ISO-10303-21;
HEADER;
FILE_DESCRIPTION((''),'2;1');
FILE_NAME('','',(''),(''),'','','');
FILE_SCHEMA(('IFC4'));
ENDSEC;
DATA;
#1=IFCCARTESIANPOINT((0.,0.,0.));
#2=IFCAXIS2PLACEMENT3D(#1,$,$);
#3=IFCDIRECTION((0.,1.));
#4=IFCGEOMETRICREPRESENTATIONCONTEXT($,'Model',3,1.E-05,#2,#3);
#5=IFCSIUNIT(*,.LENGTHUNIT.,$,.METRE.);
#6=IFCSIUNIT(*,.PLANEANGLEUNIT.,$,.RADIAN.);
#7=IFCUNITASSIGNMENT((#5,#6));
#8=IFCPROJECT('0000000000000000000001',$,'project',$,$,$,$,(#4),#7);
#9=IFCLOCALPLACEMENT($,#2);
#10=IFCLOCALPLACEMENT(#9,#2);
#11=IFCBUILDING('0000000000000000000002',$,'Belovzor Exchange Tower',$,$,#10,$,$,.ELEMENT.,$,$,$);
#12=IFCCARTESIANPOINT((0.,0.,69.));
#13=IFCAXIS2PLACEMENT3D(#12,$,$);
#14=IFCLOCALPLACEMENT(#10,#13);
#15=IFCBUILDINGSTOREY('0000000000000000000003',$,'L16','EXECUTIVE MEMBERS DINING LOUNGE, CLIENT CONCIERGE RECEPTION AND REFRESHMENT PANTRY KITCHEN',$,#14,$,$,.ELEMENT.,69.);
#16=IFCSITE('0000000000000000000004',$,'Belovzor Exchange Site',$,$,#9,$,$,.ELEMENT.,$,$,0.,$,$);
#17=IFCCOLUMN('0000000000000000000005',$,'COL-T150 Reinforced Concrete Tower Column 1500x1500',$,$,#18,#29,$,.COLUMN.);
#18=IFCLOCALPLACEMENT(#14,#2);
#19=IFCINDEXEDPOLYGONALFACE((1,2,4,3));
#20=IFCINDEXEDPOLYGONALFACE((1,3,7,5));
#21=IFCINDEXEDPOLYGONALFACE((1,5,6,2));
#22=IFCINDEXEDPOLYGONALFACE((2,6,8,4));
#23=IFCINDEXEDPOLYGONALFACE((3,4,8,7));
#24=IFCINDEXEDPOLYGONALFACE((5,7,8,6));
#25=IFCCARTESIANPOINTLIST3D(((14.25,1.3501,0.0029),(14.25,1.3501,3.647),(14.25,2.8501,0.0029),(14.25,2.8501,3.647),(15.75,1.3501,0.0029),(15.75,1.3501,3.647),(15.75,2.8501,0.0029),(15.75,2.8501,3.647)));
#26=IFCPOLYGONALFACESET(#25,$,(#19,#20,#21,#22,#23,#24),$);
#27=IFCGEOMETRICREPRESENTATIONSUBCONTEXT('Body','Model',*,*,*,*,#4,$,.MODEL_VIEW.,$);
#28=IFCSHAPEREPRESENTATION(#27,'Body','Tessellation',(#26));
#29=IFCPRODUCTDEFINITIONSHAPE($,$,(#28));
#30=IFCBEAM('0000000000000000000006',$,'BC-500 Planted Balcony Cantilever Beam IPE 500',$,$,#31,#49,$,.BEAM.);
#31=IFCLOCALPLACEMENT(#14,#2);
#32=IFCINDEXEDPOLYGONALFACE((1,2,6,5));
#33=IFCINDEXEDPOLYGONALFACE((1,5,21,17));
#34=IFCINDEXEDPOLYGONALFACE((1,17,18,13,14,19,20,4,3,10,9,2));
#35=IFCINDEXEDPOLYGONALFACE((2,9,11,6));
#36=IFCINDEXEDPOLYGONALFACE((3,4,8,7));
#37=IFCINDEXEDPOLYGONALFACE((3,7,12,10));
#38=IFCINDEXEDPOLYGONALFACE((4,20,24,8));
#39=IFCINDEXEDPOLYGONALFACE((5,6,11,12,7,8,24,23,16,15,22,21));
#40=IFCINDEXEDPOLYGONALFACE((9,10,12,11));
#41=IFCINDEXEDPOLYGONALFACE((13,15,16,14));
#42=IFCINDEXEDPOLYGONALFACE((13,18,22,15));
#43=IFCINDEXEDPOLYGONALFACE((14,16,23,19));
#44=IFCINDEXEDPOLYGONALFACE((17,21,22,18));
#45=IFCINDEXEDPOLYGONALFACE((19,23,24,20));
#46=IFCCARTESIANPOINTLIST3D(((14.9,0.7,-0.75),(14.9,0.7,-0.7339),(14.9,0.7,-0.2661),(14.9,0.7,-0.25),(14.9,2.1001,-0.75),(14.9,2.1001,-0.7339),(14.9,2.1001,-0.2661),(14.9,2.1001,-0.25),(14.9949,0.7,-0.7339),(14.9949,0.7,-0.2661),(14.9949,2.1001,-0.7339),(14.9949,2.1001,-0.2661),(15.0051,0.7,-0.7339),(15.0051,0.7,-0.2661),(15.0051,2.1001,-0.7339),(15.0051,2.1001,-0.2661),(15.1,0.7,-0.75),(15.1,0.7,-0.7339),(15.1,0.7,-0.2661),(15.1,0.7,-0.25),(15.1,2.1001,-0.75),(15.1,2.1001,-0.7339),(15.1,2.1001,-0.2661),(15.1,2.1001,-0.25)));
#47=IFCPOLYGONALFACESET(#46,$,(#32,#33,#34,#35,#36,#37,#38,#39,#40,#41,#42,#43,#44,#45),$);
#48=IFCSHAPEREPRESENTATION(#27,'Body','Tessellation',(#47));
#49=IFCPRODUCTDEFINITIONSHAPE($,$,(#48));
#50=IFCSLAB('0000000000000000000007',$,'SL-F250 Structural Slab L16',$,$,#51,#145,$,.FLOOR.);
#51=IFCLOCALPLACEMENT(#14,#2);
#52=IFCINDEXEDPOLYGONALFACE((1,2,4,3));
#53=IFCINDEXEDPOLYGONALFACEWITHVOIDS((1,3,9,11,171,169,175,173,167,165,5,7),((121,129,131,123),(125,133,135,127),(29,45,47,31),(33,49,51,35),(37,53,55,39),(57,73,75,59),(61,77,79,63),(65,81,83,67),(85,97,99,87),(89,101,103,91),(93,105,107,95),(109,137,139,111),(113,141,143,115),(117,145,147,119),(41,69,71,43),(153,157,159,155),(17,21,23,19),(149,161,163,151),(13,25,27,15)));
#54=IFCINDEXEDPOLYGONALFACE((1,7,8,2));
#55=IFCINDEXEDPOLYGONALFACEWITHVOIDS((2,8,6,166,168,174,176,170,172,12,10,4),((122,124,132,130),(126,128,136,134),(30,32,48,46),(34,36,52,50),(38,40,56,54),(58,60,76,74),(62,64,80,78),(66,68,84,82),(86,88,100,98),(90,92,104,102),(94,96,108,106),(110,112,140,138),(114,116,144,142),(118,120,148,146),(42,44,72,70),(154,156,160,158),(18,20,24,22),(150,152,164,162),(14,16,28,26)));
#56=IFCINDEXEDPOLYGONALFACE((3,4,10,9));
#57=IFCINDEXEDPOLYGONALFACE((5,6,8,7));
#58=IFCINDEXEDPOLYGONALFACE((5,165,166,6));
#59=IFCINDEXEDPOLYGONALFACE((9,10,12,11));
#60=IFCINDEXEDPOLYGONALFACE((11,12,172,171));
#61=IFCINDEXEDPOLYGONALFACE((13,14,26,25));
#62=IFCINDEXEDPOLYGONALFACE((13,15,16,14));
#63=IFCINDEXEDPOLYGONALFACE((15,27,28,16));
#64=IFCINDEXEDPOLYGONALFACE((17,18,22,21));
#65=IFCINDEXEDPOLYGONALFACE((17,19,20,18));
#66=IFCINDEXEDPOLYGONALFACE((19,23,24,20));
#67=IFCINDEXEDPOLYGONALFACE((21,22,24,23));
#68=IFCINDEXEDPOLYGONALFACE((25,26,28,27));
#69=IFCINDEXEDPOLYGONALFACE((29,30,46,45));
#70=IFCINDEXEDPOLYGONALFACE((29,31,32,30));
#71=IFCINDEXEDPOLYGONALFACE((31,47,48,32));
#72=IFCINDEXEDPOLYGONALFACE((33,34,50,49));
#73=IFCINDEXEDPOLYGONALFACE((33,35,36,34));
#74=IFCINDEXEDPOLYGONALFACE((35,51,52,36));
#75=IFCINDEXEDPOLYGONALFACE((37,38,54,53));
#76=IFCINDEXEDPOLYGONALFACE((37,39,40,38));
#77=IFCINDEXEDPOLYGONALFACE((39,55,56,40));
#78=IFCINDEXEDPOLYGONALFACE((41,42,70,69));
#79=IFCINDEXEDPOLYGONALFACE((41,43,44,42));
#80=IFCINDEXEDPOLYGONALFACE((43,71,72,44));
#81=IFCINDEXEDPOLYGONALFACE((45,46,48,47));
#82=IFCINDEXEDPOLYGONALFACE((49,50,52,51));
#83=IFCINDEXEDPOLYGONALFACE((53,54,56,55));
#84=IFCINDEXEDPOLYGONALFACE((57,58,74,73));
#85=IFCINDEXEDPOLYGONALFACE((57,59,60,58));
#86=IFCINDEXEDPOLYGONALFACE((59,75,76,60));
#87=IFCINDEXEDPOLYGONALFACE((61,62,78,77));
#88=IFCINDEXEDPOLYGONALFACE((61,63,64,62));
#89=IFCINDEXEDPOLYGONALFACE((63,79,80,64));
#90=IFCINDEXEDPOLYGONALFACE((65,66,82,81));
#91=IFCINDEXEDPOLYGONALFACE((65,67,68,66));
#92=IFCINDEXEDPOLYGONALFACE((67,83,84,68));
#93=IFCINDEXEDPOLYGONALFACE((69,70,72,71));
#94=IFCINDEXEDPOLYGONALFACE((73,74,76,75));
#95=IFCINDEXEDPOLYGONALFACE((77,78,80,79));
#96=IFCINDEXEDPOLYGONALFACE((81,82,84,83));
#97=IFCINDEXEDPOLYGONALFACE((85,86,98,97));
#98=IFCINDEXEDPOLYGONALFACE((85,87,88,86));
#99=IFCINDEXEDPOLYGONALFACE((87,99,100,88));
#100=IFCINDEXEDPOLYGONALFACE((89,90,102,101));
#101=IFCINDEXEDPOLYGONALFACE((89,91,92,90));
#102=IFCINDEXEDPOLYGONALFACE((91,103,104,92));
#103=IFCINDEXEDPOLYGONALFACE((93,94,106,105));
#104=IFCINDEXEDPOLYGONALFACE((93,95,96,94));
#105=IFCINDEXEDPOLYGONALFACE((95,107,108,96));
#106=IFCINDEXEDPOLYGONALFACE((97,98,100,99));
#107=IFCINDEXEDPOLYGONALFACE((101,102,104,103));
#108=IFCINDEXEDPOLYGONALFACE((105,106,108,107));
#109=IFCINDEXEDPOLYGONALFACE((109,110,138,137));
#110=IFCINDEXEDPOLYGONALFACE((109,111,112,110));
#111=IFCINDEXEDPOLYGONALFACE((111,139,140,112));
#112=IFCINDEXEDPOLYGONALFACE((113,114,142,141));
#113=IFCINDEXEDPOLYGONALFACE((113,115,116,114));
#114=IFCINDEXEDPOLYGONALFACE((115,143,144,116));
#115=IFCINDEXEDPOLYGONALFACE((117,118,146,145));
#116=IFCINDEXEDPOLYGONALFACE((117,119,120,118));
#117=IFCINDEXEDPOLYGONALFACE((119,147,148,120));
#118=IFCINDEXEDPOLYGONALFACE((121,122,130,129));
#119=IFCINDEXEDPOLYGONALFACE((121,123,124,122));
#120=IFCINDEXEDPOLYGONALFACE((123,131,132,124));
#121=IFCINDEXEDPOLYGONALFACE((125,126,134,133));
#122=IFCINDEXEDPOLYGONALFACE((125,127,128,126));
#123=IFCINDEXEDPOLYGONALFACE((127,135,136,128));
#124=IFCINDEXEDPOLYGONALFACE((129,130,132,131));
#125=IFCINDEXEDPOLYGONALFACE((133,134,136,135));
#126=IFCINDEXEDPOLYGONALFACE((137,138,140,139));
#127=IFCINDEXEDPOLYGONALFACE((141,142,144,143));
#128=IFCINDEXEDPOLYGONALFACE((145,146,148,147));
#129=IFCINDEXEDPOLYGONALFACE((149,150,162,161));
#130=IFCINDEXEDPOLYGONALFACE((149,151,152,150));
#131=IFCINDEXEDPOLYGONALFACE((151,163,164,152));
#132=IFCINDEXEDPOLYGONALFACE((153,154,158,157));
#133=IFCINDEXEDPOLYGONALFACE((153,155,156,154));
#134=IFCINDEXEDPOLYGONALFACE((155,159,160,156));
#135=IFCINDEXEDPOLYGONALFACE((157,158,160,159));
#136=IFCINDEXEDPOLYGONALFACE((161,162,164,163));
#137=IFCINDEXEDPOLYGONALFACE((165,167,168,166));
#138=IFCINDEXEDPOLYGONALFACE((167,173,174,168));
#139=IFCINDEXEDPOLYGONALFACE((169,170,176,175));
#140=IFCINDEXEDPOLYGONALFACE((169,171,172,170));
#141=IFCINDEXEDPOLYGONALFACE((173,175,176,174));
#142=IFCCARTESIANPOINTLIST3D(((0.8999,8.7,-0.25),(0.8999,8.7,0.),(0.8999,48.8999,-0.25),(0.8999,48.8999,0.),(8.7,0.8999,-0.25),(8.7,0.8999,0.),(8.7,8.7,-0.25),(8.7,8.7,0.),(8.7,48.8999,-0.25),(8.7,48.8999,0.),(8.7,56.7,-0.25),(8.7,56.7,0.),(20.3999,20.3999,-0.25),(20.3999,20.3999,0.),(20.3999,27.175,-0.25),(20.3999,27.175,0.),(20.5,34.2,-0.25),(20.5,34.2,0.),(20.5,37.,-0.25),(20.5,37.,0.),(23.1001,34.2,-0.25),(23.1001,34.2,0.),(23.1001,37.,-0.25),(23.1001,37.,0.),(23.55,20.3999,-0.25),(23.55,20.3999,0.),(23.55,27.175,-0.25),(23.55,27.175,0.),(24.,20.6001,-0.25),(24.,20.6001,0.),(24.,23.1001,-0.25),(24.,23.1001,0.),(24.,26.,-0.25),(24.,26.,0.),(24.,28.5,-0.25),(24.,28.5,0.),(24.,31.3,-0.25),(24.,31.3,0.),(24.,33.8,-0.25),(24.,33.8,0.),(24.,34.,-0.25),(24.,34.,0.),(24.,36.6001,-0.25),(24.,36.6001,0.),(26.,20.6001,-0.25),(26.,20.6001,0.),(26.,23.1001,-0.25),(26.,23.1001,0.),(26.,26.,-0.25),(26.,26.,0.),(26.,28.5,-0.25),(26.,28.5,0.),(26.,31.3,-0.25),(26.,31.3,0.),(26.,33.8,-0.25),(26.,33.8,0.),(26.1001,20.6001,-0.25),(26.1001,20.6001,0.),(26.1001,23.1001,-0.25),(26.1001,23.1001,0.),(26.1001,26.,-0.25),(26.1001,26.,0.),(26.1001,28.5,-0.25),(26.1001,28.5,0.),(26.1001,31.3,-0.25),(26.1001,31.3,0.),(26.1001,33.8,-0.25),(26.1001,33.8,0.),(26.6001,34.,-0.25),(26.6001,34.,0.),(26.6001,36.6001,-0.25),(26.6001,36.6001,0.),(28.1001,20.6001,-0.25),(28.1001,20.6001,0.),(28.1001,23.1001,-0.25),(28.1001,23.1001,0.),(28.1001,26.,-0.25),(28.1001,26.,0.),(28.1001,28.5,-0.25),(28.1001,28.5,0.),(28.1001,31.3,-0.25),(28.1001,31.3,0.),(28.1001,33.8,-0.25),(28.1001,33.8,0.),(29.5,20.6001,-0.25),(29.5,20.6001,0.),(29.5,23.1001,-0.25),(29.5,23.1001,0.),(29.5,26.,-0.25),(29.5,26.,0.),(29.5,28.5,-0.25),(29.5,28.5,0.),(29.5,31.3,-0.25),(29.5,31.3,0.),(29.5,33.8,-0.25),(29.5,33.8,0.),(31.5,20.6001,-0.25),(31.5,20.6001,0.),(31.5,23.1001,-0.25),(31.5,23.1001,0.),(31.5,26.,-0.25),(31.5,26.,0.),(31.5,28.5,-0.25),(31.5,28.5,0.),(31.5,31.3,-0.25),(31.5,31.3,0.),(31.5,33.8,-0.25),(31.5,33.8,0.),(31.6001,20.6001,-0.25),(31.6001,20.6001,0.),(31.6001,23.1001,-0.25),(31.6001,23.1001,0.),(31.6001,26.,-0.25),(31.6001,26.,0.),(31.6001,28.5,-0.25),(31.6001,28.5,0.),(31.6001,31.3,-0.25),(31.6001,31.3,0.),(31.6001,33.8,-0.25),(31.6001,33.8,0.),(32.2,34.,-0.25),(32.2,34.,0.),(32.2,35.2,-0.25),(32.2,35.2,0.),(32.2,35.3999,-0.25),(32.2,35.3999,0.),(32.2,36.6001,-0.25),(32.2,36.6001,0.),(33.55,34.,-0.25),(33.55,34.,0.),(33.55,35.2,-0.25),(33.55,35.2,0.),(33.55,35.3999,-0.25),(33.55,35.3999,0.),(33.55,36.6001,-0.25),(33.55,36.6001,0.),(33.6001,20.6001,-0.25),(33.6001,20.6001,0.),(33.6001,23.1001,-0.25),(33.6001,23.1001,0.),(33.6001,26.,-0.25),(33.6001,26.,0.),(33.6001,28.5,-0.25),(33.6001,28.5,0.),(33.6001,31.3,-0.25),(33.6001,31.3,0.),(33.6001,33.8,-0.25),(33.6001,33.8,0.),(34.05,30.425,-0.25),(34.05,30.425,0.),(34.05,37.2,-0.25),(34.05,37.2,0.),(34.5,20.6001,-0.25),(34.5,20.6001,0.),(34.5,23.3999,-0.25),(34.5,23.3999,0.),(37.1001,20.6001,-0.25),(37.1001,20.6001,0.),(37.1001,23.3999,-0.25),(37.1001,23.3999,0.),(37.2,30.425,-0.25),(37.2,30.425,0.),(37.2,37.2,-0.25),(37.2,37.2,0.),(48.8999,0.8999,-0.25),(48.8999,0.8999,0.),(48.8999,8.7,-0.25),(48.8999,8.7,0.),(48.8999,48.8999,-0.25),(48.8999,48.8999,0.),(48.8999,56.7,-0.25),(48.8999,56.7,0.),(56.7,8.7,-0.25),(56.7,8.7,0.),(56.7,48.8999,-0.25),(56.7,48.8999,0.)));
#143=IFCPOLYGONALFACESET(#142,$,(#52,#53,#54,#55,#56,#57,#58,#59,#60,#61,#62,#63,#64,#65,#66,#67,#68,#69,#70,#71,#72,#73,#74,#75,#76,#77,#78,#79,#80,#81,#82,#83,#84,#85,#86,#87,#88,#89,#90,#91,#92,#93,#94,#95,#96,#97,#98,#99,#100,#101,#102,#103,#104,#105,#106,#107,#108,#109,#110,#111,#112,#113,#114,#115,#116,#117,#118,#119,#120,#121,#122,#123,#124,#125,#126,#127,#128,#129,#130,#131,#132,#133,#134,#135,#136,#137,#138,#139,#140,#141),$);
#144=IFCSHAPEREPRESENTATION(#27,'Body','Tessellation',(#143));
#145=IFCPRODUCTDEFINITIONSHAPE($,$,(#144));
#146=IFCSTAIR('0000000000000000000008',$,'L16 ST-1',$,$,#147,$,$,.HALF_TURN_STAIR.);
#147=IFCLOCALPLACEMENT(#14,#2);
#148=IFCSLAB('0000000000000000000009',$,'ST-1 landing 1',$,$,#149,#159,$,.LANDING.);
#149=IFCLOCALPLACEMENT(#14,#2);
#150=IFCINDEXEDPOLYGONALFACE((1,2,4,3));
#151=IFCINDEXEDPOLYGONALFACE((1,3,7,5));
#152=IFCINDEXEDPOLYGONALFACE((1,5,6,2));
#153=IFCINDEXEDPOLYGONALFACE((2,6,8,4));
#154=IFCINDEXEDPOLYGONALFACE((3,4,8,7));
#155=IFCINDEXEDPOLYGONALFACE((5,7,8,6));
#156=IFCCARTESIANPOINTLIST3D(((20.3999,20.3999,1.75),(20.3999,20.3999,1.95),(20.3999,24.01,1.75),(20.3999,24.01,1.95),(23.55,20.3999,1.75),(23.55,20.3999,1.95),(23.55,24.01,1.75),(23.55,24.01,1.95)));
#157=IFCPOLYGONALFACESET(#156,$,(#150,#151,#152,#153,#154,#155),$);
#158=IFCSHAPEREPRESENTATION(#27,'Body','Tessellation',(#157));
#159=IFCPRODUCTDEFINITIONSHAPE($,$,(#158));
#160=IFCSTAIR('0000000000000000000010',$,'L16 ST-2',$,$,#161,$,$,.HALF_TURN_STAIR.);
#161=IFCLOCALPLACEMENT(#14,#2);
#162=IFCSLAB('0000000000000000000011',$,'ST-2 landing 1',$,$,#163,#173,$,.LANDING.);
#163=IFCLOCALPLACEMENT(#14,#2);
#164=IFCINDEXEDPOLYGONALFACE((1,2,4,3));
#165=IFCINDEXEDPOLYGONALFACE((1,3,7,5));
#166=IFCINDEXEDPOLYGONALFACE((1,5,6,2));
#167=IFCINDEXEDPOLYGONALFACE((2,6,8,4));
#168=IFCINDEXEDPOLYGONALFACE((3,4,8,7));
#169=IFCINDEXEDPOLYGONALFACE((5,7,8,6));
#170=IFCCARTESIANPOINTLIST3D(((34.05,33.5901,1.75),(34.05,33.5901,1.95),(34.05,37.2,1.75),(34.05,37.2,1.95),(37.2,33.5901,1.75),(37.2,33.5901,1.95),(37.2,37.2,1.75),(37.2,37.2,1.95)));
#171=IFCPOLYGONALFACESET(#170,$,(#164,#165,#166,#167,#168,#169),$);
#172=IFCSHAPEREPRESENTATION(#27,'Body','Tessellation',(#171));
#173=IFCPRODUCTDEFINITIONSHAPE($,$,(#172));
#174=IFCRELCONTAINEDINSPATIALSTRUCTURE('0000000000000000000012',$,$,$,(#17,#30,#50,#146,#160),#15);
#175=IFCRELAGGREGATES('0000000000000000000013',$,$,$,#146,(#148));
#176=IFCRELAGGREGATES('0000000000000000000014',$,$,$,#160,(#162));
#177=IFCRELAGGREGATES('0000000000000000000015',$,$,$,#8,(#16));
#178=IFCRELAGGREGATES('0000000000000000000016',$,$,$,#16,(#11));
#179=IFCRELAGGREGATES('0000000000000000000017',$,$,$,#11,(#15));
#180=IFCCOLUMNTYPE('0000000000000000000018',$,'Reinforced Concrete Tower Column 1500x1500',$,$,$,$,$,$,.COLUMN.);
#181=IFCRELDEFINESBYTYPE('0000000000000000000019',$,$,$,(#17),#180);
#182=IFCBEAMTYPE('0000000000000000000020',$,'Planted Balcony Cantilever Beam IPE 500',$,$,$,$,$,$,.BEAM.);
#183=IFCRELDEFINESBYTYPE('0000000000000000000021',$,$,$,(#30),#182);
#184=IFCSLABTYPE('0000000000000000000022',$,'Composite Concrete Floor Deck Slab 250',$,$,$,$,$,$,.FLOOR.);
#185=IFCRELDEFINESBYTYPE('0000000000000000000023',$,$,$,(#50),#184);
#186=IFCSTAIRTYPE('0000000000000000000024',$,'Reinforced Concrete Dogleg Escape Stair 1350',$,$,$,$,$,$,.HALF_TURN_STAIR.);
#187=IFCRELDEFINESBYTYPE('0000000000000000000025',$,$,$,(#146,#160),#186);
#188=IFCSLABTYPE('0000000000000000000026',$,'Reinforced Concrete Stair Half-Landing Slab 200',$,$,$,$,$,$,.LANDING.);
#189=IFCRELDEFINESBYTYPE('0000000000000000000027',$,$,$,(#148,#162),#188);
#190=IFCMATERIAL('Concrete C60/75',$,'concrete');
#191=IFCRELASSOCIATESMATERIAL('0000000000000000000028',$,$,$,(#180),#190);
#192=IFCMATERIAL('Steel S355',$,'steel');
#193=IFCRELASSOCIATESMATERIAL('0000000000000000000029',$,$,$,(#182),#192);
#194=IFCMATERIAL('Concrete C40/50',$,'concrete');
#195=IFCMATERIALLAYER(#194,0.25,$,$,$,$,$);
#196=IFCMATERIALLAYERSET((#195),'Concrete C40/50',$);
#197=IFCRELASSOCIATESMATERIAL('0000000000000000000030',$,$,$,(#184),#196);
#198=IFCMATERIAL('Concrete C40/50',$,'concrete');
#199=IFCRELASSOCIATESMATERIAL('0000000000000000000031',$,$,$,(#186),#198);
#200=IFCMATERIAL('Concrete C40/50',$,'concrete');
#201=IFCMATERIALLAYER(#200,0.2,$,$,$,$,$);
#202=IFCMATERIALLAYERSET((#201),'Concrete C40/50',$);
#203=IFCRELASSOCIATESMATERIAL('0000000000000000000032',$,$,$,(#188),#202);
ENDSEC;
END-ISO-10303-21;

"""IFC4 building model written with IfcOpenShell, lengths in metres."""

from ifc_helpers import new_model, si_unit, direction, frame, origin, origin_2d, place, context, subcontext, project, spatial, polyline, rectangle, i_section, outline, extrude, material, layer, layer_set, material_profile, profile_set, type_object, element, aggregate, save


model = new_model("IFC4")

# Units and contexts
model_context = context("Model", 3, precision=1e-05, world=origin(), true_north=direction((0.0, 1.0)))
body_context = subcontext(model_context, "Body", "Model", "MODEL_VIEW")
ifc_project = project(units=[si_unit("LENGTHUNIT", "METRE"), si_unit("PLANEANGLEUNIT", "RADIAN")], contexts=[model_context])

# Site, building, storey
site_placement = place(None, origin())
site = spatial("IfcSite", under=ifc_project, at=site_placement, Name="Belovzor Exchange Site", CompositionType="ELEMENT", RefElevation=0.0)
building_placement = place(site_placement, origin())
building = spatial("IfcBuilding", under=site, at=building_placement, Name="Belovzor Exchange Tower", CompositionType="ELEMENT")
storey_placement = place(building_placement, frame((0.0, 0.0, 69.0)))
storey = spatial("IfcBuildingStorey", under=building, at=storey_placement, Name="L16", Description="EXECUTIVE MEMBERS DINING LOUNGE, CLIENT CONCIERGE RECEPTION AND REFRESHMENT PANTRY KITCHEN", CompositionType="ELEMENT", Elevation=69.0)

# Column
ifc_material_1 = material(Name="Concrete C60/75", Category="concrete")
ifc_material_profile_1 = material_profile(ifc_material_1, rectangle(XDim=1.5, YDim=1.5, at=origin_2d()))
ifc_profile_set_1 = profile_set([ifc_material_profile_1], Name="Concrete C60/75")
column_type = type_object("IfcColumnType", Name="Reinforced Concrete Tower Column 1500x1500", PredefinedType="COLUMN", material=ifc_profile_set_1)
column_placement = place(storey_placement, frame((15.0, 2.1001, 0.0029), z_axis=(0.0, 0.0, 1.0), x_axis=(1.0, 0.0, 0.0)))
element("IfcColumn", 1, at=column_placement, inside=storey, type_object=column_type, Name="COL-T150 Reinforced Concrete Tower Column 1500x1500", PredefinedType="COLUMN", context=body_context, shape_type="SweptSolid", body=[
    extrude(rectangle(XDim=1.5, YDim=1.5, at=origin_2d()), origin(), (0.0, 0.0, 1.0), 3.644),
])

# Beam
ifc_material_2 = material(Name="Steel S355", Category="steel")
ifc_material_profile_2 = material_profile(ifc_material_2, i_section(OverallWidth=0.2, OverallDepth=0.5, WebThickness=0.0103, FlangeThickness=0.0161, at=origin_2d()))
ifc_profile_set_2 = profile_set([ifc_material_profile_2], Name="Steel S355")
beam_type = type_object("IfcBeamType", Name="Planted Balcony Cantilever Beam IPE 500", PredefinedType="BEAM", material=ifc_profile_set_2)
beam_placement = place(storey_placement, frame((15.0, 2.1001, -0.5), z_axis=(0.0, -1.0, 0.0), x_axis=(1.0, 0.0, 0.0)))
element("IfcBeam", 2, at=beam_placement, inside=storey, type_object=beam_type, Name="BC-500 Planted Balcony Cantilever Beam IPE 500", PredefinedType="BEAM", context=body_context, shape_type="SweptSolid", body=[
    extrude(i_section(OverallWidth=0.2, OverallDepth=0.5, WebThickness=0.0103, FlangeThickness=0.0161, at=origin_2d()), origin(), (0.0, 0.0, 1.0), 1.4001),
])

# Slab
ifc_material_3 = material(Name="Concrete C40/50", Category="concrete")
ifc_layer_1 = layer(ifc_material_3, 0.25)
ifc_layer_set_1 = layer_set([ifc_layer_1], Name="Concrete C40/50")
slab_type_1 = type_object("IfcSlabType", Name="Composite Concrete Floor Deck Slab 250", PredefinedType="FLOOR", material=ifc_layer_set_1)
slab_1_placement = place(storey_placement, frame((0.0, 0.0, -0.25)))
element("IfcSlab", 3, at=slab_1_placement, inside=storey, type_object=slab_type_1, Name="SL-F250 Structural Slab L16", PredefinedType="FLOOR", context=body_context, shape_type="SweptSolid", body=[
    extrude(outline(polyline([(8.7, 0.8999), (48.8999, 0.8999), (48.8999, 8.7), (56.7, 8.7), (56.7, 48.8999), (48.8999, 48.8999), (48.8999, 56.7), (8.7, 56.7), (8.7, 48.8999), (0.8999, 48.8999), (0.8999, 8.7), (8.7, 8.7), (8.7, 0.8999)]), holes=[polyline([(20.3999, 27.175), (20.3999, 20.3999), (23.55, 20.3999), (23.55, 27.175), (20.3999, 27.175)]), polyline([(37.2, 30.425), (37.2, 37.2), (34.05, 37.2), (34.05, 30.425), (37.2, 30.425)]), polyline([(20.5, 34.2), (23.1001, 34.2), (23.1001, 37.0), (20.5, 37.0), (20.5, 34.2)]), polyline([(34.5, 20.6001), (37.1001, 20.6001), (37.1001, 23.3999), (34.5, 23.3999), (34.5, 20.6001)]), polyline([(24.0, 34.0), (26.6001, 34.0), (26.6001, 36.6001), (24.0, 36.6001), (24.0, 34.0)]), polyline([(24.0, 20.6001), (26.0, 20.6001), (26.0, 23.1001), (24.0, 23.1001), (24.0, 20.6001)]), polyline([(26.1001, 20.6001), (28.1001, 20.6001), (28.1001, 23.1001), (26.1001, 23.1001), (26.1001, 20.6001)]), polyline([(29.5, 20.6001), (31.5, 20.6001), (31.5, 23.1001), (29.5, 23.1001), (29.5, 20.6001)]), polyline([(31.6001, 20.6001), (33.6001, 20.6001), (33.6001, 23.1001), (31.6001, 23.1001), (31.6001, 20.6001)]), polyline([(24.0, 26.0), (26.0, 26.0), (26.0, 28.5), (24.0, 28.5), (24.0, 26.0)]), polyline([(26.1001, 26.0), (28.1001, 26.0), (28.1001, 28.5), (26.1001, 28.5), (26.1001, 26.0)]), polyline([(29.5, 26.0), (31.5, 26.0), (31.5, 28.5), (29.5, 28.5), (29.5, 26.0)]), polyline([(31.6001, 26.0), (33.6001, 26.0), (33.6001, 28.5), (31.6001, 28.5), (31.6001, 26.0)]), polyline([(24.0, 31.3), (26.0, 31.3), (26.0, 33.8), (24.0, 33.8), (24.0, 31.3)]), polyline([(26.1001, 31.3), (28.1001, 31.3), (28.1001, 33.8), (26.1001, 33.8), (26.1001, 31.3)]), polyline([(29.5, 31.3), (31.5, 31.3), (31.5, 33.8), (29.5, 33.8), (29.5, 31.3)]), polyline([(31.6001, 31.3), (33.6001, 31.3), (33.6001, 33.8), (31.6001, 33.8), (31.6001, 31.3)]), polyline([(32.2, 34.0), (33.55, 34.0), (33.55, 35.2), (32.2, 35.2), (32.2, 34.0)]), polyline([(32.2, 35.3999), (33.55, 35.3999), (33.55, 36.6001), (32.2, 36.6001), (32.2, 35.3999)])]), origin(), (0.0, 0.0, 1.0), 0.25),
])

# Stairs, slabs
ifc_material_4 = material(Name="Concrete C40/50", Category="concrete")
stair_type = type_object("IfcStairType", Name="Reinforced Concrete Dogleg Escape Stair 1350", PredefinedType="HALF_TURN_STAIR", material=ifc_material_4)
stair_1_placement = place(storey_placement, origin())
stair_1 = element("IfcStair", 4, at=stair_1_placement, inside=storey, type_object=stair_type, Name="L16 ST-1", PredefinedType="HALF_TURN_STAIR")
ifc_material_5 = material(Name="Concrete C40/50", Category="concrete")
ifc_layer_2 = layer(ifc_material_5, 0.2)
ifc_layer_set_2 = layer_set([ifc_layer_2], Name="Concrete C40/50")
slab_type_2 = type_object("IfcSlabType", Name="Reinforced Concrete Stair Half-Landing Slab 200", PredefinedType="LANDING", material=ifc_layer_set_2)
slab_2_placement = place(storey_placement, frame((0.0, 0.0, 1.75)))
slab_2 = element("IfcSlab", 5, at=slab_2_placement, type_object=slab_type_2, Name="ST-1 landing 1", PredefinedType="LANDING", context=body_context, shape_type="SweptSolid", body=[
    extrude(outline(polyline([(20.3999, 24.01), (20.3999, 20.3999), (23.55, 20.3999), (23.55, 24.01), (20.3999, 24.01)])), origin(), (0.0, 0.0, 1.0), 0.2),
])
aggregate(stair_1, [slab_2])
stair_2_placement = place(storey_placement, origin())
stair_2 = element("IfcStair", 6, at=stair_2_placement, inside=storey, type_object=stair_type, Name="L16 ST-2", PredefinedType="HALF_TURN_STAIR")
slab_3_placement = place(storey_placement, frame((0.0, 0.0, 1.75)))
slab_3 = element("IfcSlab", 7, at=slab_3_placement, type_object=slab_type_2, Name="ST-2 landing 1", PredefinedType="LANDING", context=body_context, shape_type="SweptSolid", body=[
    extrude(outline(polyline([(37.2, 33.5901), (37.2, 37.2), (34.05, 37.2), (34.05, 33.5901), (37.2, 33.5901)])), origin(), (0.0, 0.0, 1.0), 0.2),
])
aggregate(stair_2, [slab_3])

save(model, "model.ifc")
